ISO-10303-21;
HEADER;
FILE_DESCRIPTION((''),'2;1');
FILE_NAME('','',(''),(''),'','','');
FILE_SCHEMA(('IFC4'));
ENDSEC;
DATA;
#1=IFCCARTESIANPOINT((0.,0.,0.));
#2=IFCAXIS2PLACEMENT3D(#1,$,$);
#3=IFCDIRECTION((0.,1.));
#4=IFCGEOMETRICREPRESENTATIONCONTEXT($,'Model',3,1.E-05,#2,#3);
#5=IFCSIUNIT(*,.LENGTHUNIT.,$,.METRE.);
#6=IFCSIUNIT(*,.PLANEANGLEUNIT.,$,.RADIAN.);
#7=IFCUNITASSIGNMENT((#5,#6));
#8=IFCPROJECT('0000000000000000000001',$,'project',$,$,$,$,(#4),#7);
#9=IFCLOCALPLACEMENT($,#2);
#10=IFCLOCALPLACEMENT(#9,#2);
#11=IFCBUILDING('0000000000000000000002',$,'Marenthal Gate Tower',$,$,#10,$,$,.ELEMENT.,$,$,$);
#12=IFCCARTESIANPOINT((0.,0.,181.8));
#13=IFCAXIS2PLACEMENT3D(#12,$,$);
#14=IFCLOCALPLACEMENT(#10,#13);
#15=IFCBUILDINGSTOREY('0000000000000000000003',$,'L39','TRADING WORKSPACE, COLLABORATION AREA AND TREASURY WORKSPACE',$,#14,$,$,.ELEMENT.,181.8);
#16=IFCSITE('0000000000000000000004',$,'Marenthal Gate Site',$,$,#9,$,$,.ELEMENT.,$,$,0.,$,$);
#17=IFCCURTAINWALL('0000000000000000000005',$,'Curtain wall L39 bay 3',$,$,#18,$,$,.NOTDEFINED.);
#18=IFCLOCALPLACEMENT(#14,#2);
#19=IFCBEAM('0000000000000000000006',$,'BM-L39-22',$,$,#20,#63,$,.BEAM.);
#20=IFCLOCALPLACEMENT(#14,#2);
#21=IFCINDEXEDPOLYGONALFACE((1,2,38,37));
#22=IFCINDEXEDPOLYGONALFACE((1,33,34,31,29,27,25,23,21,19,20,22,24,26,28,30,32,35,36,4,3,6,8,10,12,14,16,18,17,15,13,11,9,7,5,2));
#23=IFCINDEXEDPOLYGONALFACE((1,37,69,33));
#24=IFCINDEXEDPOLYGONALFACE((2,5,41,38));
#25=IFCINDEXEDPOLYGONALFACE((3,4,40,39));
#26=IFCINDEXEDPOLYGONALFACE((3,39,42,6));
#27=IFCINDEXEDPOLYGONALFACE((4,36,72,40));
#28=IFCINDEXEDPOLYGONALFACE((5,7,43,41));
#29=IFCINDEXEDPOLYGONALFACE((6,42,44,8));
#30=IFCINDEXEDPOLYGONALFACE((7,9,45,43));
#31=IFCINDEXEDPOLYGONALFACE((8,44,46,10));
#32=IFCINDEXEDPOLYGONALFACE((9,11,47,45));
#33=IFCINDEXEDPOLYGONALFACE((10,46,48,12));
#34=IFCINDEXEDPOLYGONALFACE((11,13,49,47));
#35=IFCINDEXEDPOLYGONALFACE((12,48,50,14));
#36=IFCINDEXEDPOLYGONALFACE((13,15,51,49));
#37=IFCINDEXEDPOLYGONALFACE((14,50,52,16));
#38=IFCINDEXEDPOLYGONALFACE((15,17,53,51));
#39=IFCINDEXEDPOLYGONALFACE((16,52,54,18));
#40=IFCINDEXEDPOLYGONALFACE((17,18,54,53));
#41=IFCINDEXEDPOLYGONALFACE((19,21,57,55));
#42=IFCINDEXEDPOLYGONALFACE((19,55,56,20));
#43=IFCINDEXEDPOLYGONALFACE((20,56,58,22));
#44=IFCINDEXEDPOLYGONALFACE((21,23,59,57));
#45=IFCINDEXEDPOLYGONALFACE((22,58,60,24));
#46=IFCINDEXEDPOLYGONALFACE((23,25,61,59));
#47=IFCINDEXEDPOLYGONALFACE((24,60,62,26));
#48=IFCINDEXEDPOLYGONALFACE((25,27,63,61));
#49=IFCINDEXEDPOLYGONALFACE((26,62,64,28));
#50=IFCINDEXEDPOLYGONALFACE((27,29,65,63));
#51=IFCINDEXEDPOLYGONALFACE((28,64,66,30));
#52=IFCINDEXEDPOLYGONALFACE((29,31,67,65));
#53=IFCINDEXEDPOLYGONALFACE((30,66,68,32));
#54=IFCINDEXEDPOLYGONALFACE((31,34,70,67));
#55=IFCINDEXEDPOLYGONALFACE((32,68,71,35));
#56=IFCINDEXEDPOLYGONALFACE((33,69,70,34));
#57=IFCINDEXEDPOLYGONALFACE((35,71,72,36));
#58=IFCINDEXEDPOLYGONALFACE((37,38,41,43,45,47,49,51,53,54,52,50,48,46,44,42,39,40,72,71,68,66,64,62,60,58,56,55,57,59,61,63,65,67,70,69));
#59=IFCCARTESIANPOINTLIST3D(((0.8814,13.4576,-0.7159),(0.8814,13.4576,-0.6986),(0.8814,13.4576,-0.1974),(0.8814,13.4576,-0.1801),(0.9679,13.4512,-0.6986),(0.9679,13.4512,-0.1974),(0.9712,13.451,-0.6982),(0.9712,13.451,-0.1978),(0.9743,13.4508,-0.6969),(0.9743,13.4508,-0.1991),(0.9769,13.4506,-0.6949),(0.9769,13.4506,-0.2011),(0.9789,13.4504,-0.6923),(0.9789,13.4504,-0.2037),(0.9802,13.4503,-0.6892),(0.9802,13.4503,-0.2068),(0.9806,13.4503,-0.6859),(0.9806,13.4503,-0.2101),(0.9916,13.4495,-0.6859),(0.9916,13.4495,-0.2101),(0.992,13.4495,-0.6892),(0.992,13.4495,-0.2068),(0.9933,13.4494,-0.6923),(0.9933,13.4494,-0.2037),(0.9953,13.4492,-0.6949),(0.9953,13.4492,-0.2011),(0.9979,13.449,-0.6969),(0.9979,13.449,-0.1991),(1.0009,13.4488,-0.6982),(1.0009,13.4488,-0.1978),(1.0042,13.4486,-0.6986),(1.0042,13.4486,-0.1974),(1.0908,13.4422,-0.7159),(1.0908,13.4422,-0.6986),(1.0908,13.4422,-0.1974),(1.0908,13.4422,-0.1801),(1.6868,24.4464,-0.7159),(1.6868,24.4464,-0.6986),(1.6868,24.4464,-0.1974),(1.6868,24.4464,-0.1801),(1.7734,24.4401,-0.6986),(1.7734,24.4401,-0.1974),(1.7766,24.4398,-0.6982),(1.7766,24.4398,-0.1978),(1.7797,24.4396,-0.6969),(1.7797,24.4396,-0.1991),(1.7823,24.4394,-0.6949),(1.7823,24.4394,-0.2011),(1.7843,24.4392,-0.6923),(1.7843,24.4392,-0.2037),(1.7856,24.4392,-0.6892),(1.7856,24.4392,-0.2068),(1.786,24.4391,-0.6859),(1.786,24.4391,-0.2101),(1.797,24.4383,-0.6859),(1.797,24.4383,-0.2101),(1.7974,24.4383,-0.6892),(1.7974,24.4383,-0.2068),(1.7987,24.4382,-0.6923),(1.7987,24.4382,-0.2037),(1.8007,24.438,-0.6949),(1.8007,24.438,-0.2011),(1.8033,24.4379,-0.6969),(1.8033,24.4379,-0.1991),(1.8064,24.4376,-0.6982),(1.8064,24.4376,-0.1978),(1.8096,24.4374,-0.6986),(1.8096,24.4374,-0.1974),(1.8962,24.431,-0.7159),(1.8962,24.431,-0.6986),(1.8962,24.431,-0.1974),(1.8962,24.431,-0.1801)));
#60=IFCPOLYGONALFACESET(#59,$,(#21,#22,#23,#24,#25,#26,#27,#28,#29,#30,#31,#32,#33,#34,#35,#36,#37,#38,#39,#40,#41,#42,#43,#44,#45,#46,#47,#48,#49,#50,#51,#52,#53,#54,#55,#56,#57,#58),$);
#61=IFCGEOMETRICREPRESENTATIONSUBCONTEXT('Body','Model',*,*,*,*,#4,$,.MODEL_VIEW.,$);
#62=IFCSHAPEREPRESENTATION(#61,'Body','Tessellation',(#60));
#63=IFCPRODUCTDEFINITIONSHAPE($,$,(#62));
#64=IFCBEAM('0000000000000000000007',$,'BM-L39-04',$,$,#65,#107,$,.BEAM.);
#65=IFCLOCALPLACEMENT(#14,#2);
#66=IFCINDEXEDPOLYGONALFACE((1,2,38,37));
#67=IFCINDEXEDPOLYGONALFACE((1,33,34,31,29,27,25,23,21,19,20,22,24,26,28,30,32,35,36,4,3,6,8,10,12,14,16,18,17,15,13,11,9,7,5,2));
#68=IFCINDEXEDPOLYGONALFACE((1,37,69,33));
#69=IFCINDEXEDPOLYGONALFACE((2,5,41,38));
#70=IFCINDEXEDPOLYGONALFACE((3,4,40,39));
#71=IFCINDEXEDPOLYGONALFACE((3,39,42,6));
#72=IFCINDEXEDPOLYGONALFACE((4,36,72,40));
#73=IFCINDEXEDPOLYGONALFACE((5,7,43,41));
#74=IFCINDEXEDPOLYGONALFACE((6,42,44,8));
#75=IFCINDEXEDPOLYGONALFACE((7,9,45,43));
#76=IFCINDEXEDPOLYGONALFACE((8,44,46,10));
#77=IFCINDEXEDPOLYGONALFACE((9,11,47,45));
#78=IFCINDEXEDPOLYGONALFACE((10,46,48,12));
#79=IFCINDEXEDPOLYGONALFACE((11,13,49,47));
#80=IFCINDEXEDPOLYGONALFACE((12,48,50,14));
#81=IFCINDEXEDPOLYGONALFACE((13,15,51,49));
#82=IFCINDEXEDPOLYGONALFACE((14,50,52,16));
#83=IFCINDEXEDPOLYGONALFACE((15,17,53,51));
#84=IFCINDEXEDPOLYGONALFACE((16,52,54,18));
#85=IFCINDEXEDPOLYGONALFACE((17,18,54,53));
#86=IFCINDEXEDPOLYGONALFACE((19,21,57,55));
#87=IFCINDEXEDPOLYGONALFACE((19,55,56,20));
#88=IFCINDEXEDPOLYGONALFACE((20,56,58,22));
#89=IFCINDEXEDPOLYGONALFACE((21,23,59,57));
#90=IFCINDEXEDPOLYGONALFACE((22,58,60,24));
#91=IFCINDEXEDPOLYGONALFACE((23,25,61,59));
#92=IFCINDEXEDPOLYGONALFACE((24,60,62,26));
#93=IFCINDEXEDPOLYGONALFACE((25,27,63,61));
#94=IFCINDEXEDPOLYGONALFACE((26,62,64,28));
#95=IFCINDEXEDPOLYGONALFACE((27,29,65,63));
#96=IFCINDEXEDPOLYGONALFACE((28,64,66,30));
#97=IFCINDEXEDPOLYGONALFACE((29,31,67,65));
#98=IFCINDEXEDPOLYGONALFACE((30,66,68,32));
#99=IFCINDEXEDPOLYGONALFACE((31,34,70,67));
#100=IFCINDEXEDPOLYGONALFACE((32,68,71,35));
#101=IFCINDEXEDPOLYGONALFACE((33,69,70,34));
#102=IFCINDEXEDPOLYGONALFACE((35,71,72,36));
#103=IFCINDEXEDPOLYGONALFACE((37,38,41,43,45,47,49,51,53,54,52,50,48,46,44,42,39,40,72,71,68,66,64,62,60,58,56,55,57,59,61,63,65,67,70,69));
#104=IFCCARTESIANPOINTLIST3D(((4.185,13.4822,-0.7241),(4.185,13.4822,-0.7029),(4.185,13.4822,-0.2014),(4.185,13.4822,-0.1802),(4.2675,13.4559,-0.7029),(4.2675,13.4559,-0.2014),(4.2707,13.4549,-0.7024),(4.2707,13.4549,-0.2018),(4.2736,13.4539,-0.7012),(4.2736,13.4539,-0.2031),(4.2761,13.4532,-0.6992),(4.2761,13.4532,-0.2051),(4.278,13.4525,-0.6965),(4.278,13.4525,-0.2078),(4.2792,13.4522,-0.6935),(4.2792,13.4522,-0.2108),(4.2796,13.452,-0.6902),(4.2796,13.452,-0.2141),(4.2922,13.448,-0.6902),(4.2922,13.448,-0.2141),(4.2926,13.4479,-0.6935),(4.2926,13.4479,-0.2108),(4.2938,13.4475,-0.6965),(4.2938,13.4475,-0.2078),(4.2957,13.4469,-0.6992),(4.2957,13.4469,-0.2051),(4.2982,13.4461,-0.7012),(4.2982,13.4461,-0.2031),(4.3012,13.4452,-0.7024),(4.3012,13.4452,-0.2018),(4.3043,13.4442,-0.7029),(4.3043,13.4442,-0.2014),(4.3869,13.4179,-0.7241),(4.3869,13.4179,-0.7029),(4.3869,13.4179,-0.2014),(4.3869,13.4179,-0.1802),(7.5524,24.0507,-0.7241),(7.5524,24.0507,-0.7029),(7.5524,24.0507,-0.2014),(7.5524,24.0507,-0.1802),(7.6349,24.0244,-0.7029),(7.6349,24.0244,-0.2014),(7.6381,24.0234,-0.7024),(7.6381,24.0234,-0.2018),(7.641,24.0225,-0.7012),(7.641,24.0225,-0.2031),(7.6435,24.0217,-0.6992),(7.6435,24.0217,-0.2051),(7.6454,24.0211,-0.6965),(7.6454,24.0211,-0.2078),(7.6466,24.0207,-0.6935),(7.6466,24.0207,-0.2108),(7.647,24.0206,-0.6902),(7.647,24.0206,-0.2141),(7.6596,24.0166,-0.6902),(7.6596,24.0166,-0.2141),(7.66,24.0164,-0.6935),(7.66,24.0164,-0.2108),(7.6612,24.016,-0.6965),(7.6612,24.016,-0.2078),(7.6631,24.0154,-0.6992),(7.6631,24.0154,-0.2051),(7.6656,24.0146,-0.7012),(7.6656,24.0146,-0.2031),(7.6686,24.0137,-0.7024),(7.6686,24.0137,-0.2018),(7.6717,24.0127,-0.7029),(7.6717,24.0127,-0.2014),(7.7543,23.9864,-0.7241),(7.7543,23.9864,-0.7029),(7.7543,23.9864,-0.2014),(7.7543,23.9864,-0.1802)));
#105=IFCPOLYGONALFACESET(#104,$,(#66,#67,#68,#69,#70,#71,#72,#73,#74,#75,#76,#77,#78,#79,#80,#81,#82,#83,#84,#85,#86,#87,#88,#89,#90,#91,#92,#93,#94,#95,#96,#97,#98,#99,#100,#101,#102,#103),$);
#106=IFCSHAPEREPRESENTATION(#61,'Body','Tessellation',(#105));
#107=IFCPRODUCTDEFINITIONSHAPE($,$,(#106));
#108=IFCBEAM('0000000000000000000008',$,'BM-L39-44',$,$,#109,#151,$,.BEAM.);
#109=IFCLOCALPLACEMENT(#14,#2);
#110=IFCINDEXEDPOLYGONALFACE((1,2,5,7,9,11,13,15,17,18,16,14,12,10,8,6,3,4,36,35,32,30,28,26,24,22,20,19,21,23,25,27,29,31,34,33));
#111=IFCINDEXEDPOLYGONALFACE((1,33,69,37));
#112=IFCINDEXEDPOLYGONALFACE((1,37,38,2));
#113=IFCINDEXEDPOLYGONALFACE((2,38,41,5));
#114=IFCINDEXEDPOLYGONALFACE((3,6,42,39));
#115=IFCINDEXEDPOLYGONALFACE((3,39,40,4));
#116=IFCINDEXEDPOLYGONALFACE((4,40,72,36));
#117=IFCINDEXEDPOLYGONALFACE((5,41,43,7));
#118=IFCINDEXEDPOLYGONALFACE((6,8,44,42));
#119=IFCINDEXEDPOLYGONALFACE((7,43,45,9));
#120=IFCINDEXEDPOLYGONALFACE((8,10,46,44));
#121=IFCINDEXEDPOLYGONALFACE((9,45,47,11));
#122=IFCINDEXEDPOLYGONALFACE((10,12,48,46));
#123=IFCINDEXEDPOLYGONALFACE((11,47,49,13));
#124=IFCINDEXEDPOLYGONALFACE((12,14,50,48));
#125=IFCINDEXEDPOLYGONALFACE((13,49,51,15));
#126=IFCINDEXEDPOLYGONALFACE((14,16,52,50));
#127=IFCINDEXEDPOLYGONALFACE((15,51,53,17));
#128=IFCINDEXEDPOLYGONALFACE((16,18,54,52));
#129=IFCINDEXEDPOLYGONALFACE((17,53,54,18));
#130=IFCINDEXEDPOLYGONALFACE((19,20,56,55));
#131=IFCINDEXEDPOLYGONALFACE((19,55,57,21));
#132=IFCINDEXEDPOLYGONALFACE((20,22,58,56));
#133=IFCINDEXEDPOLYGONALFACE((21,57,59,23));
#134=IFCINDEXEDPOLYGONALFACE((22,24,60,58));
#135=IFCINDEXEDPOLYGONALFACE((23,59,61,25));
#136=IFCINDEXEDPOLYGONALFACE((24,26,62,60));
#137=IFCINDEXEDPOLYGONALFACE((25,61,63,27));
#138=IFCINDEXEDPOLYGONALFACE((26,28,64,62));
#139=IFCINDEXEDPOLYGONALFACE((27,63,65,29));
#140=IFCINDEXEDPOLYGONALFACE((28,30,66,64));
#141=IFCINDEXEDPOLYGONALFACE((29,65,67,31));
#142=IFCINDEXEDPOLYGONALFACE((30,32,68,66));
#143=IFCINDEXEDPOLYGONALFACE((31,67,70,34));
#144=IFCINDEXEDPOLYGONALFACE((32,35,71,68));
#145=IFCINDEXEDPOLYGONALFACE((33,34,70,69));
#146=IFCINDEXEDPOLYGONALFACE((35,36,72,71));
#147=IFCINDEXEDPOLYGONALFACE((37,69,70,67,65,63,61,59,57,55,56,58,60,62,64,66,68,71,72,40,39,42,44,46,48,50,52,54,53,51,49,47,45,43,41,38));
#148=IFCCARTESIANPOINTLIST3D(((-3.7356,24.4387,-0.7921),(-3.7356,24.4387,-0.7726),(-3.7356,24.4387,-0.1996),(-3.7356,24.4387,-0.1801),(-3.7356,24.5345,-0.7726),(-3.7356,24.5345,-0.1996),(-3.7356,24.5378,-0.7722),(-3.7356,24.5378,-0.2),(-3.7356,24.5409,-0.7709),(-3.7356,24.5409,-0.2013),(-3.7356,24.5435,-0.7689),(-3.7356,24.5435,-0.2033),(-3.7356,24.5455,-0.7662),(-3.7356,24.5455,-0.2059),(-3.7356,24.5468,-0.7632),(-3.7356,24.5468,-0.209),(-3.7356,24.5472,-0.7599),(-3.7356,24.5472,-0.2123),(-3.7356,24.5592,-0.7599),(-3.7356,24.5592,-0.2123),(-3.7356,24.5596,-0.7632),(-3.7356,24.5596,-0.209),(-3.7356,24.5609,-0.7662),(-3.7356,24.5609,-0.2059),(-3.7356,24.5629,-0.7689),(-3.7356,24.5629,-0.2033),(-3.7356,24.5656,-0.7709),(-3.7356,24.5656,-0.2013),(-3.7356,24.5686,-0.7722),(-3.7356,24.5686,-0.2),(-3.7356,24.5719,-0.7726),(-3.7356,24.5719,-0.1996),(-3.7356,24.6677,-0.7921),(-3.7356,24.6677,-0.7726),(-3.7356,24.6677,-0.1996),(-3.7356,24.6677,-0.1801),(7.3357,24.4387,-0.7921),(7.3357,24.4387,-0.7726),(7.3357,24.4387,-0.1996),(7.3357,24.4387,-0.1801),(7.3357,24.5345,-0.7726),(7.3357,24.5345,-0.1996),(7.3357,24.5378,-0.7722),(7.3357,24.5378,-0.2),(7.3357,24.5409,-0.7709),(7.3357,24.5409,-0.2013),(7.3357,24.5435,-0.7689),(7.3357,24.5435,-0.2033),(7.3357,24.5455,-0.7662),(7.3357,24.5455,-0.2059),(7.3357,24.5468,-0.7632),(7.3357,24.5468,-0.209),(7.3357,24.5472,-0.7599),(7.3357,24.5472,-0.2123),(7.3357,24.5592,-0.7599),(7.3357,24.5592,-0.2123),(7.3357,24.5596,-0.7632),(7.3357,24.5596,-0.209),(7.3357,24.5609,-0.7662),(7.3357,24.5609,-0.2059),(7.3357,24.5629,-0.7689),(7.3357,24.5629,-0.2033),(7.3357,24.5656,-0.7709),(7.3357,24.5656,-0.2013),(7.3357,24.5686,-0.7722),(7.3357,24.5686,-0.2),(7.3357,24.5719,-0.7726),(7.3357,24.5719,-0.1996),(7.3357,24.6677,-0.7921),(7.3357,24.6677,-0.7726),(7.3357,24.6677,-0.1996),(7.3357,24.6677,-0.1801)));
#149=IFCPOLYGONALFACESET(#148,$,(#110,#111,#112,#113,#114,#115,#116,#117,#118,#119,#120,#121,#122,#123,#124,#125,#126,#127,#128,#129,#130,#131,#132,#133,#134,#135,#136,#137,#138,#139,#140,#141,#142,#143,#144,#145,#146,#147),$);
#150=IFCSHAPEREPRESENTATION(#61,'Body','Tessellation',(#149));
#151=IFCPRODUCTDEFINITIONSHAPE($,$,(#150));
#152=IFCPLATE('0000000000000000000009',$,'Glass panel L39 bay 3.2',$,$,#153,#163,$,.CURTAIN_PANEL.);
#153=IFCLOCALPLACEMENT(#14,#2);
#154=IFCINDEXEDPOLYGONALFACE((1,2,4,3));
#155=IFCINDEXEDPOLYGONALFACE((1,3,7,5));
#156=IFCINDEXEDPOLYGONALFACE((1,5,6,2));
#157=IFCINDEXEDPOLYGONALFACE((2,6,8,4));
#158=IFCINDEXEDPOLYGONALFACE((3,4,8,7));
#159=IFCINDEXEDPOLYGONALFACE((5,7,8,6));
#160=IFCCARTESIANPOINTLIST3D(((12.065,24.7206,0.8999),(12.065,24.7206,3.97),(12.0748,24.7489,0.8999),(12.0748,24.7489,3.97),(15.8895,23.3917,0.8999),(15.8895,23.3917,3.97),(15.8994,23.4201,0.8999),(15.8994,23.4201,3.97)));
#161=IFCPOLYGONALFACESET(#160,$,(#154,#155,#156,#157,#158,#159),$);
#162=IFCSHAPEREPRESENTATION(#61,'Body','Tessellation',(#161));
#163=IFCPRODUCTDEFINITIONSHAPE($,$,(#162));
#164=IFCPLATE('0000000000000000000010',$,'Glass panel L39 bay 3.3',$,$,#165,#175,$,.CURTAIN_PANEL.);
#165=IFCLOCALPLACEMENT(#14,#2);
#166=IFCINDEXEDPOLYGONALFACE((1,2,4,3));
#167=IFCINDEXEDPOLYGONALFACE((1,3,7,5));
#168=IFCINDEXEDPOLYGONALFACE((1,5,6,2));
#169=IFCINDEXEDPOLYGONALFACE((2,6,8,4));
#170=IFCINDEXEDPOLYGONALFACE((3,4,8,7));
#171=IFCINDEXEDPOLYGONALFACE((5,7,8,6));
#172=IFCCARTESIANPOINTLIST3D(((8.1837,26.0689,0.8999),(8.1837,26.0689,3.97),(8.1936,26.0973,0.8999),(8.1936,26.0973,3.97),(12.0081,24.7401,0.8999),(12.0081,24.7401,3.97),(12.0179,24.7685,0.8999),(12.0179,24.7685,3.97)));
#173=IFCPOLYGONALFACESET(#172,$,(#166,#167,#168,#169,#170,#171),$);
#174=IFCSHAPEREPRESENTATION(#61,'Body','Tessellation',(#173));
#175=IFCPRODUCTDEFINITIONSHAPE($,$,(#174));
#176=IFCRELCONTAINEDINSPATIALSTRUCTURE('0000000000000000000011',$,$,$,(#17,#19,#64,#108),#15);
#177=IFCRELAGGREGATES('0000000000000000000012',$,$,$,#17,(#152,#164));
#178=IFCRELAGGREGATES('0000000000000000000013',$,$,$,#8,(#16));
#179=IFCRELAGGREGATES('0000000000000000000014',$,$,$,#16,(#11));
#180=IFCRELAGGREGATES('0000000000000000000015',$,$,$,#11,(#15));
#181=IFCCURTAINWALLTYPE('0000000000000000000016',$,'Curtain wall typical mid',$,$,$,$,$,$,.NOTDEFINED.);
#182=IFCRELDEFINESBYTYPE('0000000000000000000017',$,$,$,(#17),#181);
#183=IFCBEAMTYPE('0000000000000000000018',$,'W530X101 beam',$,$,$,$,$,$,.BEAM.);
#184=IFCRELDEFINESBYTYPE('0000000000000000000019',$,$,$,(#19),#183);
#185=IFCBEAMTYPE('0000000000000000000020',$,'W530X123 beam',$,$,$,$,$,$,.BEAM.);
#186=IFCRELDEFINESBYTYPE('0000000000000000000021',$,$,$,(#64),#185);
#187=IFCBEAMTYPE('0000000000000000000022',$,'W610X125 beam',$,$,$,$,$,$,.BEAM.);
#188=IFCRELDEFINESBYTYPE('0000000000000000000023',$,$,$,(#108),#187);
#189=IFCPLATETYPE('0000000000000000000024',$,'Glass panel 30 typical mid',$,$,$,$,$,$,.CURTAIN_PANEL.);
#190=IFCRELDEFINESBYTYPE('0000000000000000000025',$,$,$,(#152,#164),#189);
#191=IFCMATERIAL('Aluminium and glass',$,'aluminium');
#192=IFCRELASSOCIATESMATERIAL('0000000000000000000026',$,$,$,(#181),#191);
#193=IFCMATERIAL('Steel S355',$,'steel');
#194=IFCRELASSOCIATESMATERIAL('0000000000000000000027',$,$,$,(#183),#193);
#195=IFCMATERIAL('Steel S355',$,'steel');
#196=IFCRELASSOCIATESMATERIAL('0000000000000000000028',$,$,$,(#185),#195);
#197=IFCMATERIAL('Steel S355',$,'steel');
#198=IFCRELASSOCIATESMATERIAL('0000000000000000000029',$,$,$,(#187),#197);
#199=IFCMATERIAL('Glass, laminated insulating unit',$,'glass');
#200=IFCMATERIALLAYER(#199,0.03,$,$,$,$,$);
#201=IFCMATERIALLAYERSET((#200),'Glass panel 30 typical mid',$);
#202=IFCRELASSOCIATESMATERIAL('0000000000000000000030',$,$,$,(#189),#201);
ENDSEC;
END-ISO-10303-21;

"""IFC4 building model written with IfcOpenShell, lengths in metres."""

from ifc_helpers import new_model, si_unit, direction, frame, origin, origin_2d, place, context, subcontext, project, spatial, rectangle, i_section, extrude, material, layer, layer_set, material_profile, profile_set, type_object, element, aggregate, save


model = new_model("IFC4")

# Units and contexts
model_context = context("Model", 3, precision=1e-05, world=origin(), true_north=direction((0.0, 1.0)))
body_context = subcontext(model_context, "Body", "Model", "MODEL_VIEW")
ifc_project = project(units=[si_unit("LENGTHUNIT", "METRE"), si_unit("PLANEANGLEUNIT", "RADIAN")], contexts=[model_context])

# Site, building, storey
site_placement = place(None, origin())
site = spatial("IfcSite", under=ifc_project, at=site_placement, Name="Marenthal Gate Site", CompositionType="ELEMENT", RefElevation=0.0)
building_placement = place(site_placement, origin())
building = spatial("IfcBuilding", under=site, at=building_placement, Name="Marenthal Gate Tower", CompositionType="ELEMENT")
storey_placement = place(building_placement, frame((0.0, 0.0, 181.8)))
storey = spatial("IfcBuildingStorey", under=building, at=storey_placement, Name="L39", Description="TRADING WORKSPACE, COLLABORATION AREA AND TREASURY WORKSPACE", CompositionType="ELEMENT", Elevation=181.8)

# Curtain wall
ifc_material_1 = material(Name="Aluminium and glass", Category="aluminium")
curtain_wall_type = type_object("IfcCurtainWallType", Name="Curtain wall typical mid", PredefinedType="NOTDEFINED", material=ifc_material_1)
curtain_wall_placement = place(storey_placement, origin())
curtain_wall = element("IfcCurtainWall", 1, at=curtain_wall_placement, inside=storey, type_object=curtain_wall_type, Name="Curtain wall L39 bay 3", PredefinedType="NOTDEFINED")

# Beams
ifc_material_2 = material(Name="Steel S355", Category="steel")
ifc_material_profile_1 = material_profile(ifc_material_2, i_section(OverallWidth=0.21, OverallDepth=0.5359, WebThickness=0.011, FlangeThickness=0.0173, FilletRadius=0.0127, at=origin_2d()), Name="W530X101")
ifc_profile_set_1 = profile_set([ifc_material_profile_1], Name="Steel S355")
beam_type_1 = type_object("IfcBeamType", Name="W530X101 beam", PredefinedType="BEAM", material=ifc_profile_set_1)
beam_1_placement = place(storey_placement, frame((1.7915, 24.4387, -0.448), z_axis=(-0.073099, -0.997325, 0.0), x_axis=(0.997325, -0.073099, 0.0)))
element("IfcBeam", 2, at=beam_1_placement, inside=storey, type_object=beam_type_1, Name="BM-L39-22", PredefinedType="BEAM", context=body_context, shape_type="SweptSolid", body=[
    extrude(i_section(OverallWidth=0.21, OverallDepth=0.5359, WebThickness=0.011, FlangeThickness=0.0173, FilletRadius=0.0127, at=origin_2d()), origin(), (0.0, 0.0, 1.0), 11.0183),
])
ifc_material_3 = material(Name="Steel S355", Category="steel")
ifc_material_profile_2 = material_profile(ifc_material_3, i_section(OverallWidth=0.2119, OverallDepth=0.5439, WebThickness=0.0132, FlangeThickness=0.0212, FilletRadius=0.0127, at=origin_2d()), Name="W530X123")
ifc_profile_set_2 = profile_set([ifc_material_profile_2], Name="Steel S355")
beam_type_2 = type_object("IfcBeamType", Name="W530X123 beam", PredefinedType="BEAM", material=ifc_profile_set_2)
beam_2_placement = place(storey_placement, frame((7.6533, 24.0186, -0.4521), z_axis=(-0.303588, -0.952803, 0.0), x_axis=(0.952803, -0.303588, 0.0)))
element("IfcBeam", 3, at=beam_2_placement, inside=storey, type_object=beam_type_2, Name="BM-L39-04", PredefinedType="BEAM", context=body_context, shape_type="SweptSolid", body=[
    extrude(i_section(OverallWidth=0.2119, OverallDepth=0.5439, WebThickness=0.0132, FlangeThickness=0.0212, FilletRadius=0.0127, at=origin_2d()), origin(), (0.0, 0.0, 1.0), 11.092),
])
ifc_material_4 = material(Name="Steel S355", Category="steel")
ifc_material_profile_3 = material_profile(ifc_material_4, i_section(OverallWidth=0.229, OverallDepth=0.6121, WebThickness=0.012, FlangeThickness=0.0195, FilletRadius=0.0127, at=origin_2d()), Name="W610X125")
ifc_profile_set_3 = profile_set([ifc_material_profile_3], Name="Steel S355")
beam_type_3 = type_object("IfcBeamType", Name="W610X125 beam", PredefinedType="BEAM", material=ifc_profile_set_3)
beam_3_placement = place(storey_placement, frame((7.3357, 24.5532, -0.4861), z_axis=(-1.0, 0.0, 0.0), x_axis=(0.0, -1.0, 0.0)))
element("IfcBeam", 4, at=beam_3_placement, inside=storey, type_object=beam_type_3, Name="BM-L39-44", PredefinedType="BEAM", context=body_context, shape_type="SweptSolid", body=[
    extrude(i_section(OverallWidth=0.229, OverallDepth=0.6121, WebThickness=0.012, FlangeThickness=0.0195, FilletRadius=0.0127, at=origin_2d()), origin(), (0.0, 0.0, 1.0), 11.0713),
])

# Plates
ifc_material_5 = material(Name="Glass, laminated insulating unit", Category="glass")
ifc_layer_1 = layer(ifc_material_5, 0.03)
ifc_layer_set_1 = layer_set([ifc_layer_1], Name="Glass panel 30 typical mid")
plate_type = type_object("IfcPlateType", Name="Glass panel 30 typical mid", PredefinedType="CURTAIN_PANEL", material=ifc_layer_set_1)
plate_1_placement = place(storey_placement, frame((13.9822, 24.0703, 0.8999), z_axis=(0.0, 0.0, 1.0), x_axis=(-0.944604, 0.328211, 0.0)))
plate_1 = element("IfcPlate", 5, at=plate_1_placement, type_object=plate_type, Name="Glass panel L39 bay 3.2", PredefinedType="CURTAIN_PANEL", context=body_context, shape_type="SweptSolid", body=[
    extrude(rectangle(XDim=4.0488, YDim=0.03, at=origin_2d()), origin(), (0.0, 0.0, 1.0), 3.0701),
])
plate_2_placement = place(storey_placement, frame((10.1008, 25.4187, 0.8999), z_axis=(0.0, 0.0, 1.0), x_axis=(-0.944604, 0.328211, 0.0)))
plate_2 = element("IfcPlate", 6, at=plate_2_placement, type_object=plate_type, Name="Glass panel L39 bay 3.3", PredefinedType="CURTAIN_PANEL", context=body_context, shape_type="SweptSolid", body=[
    extrude(rectangle(XDim=4.0486, YDim=0.03, at=origin_2d()), origin(), (0.0, 0.0, 1.0), 3.0701),
])
aggregate(curtain_wall, [plate_1, plate_2])

save(model, "model.ifc")
